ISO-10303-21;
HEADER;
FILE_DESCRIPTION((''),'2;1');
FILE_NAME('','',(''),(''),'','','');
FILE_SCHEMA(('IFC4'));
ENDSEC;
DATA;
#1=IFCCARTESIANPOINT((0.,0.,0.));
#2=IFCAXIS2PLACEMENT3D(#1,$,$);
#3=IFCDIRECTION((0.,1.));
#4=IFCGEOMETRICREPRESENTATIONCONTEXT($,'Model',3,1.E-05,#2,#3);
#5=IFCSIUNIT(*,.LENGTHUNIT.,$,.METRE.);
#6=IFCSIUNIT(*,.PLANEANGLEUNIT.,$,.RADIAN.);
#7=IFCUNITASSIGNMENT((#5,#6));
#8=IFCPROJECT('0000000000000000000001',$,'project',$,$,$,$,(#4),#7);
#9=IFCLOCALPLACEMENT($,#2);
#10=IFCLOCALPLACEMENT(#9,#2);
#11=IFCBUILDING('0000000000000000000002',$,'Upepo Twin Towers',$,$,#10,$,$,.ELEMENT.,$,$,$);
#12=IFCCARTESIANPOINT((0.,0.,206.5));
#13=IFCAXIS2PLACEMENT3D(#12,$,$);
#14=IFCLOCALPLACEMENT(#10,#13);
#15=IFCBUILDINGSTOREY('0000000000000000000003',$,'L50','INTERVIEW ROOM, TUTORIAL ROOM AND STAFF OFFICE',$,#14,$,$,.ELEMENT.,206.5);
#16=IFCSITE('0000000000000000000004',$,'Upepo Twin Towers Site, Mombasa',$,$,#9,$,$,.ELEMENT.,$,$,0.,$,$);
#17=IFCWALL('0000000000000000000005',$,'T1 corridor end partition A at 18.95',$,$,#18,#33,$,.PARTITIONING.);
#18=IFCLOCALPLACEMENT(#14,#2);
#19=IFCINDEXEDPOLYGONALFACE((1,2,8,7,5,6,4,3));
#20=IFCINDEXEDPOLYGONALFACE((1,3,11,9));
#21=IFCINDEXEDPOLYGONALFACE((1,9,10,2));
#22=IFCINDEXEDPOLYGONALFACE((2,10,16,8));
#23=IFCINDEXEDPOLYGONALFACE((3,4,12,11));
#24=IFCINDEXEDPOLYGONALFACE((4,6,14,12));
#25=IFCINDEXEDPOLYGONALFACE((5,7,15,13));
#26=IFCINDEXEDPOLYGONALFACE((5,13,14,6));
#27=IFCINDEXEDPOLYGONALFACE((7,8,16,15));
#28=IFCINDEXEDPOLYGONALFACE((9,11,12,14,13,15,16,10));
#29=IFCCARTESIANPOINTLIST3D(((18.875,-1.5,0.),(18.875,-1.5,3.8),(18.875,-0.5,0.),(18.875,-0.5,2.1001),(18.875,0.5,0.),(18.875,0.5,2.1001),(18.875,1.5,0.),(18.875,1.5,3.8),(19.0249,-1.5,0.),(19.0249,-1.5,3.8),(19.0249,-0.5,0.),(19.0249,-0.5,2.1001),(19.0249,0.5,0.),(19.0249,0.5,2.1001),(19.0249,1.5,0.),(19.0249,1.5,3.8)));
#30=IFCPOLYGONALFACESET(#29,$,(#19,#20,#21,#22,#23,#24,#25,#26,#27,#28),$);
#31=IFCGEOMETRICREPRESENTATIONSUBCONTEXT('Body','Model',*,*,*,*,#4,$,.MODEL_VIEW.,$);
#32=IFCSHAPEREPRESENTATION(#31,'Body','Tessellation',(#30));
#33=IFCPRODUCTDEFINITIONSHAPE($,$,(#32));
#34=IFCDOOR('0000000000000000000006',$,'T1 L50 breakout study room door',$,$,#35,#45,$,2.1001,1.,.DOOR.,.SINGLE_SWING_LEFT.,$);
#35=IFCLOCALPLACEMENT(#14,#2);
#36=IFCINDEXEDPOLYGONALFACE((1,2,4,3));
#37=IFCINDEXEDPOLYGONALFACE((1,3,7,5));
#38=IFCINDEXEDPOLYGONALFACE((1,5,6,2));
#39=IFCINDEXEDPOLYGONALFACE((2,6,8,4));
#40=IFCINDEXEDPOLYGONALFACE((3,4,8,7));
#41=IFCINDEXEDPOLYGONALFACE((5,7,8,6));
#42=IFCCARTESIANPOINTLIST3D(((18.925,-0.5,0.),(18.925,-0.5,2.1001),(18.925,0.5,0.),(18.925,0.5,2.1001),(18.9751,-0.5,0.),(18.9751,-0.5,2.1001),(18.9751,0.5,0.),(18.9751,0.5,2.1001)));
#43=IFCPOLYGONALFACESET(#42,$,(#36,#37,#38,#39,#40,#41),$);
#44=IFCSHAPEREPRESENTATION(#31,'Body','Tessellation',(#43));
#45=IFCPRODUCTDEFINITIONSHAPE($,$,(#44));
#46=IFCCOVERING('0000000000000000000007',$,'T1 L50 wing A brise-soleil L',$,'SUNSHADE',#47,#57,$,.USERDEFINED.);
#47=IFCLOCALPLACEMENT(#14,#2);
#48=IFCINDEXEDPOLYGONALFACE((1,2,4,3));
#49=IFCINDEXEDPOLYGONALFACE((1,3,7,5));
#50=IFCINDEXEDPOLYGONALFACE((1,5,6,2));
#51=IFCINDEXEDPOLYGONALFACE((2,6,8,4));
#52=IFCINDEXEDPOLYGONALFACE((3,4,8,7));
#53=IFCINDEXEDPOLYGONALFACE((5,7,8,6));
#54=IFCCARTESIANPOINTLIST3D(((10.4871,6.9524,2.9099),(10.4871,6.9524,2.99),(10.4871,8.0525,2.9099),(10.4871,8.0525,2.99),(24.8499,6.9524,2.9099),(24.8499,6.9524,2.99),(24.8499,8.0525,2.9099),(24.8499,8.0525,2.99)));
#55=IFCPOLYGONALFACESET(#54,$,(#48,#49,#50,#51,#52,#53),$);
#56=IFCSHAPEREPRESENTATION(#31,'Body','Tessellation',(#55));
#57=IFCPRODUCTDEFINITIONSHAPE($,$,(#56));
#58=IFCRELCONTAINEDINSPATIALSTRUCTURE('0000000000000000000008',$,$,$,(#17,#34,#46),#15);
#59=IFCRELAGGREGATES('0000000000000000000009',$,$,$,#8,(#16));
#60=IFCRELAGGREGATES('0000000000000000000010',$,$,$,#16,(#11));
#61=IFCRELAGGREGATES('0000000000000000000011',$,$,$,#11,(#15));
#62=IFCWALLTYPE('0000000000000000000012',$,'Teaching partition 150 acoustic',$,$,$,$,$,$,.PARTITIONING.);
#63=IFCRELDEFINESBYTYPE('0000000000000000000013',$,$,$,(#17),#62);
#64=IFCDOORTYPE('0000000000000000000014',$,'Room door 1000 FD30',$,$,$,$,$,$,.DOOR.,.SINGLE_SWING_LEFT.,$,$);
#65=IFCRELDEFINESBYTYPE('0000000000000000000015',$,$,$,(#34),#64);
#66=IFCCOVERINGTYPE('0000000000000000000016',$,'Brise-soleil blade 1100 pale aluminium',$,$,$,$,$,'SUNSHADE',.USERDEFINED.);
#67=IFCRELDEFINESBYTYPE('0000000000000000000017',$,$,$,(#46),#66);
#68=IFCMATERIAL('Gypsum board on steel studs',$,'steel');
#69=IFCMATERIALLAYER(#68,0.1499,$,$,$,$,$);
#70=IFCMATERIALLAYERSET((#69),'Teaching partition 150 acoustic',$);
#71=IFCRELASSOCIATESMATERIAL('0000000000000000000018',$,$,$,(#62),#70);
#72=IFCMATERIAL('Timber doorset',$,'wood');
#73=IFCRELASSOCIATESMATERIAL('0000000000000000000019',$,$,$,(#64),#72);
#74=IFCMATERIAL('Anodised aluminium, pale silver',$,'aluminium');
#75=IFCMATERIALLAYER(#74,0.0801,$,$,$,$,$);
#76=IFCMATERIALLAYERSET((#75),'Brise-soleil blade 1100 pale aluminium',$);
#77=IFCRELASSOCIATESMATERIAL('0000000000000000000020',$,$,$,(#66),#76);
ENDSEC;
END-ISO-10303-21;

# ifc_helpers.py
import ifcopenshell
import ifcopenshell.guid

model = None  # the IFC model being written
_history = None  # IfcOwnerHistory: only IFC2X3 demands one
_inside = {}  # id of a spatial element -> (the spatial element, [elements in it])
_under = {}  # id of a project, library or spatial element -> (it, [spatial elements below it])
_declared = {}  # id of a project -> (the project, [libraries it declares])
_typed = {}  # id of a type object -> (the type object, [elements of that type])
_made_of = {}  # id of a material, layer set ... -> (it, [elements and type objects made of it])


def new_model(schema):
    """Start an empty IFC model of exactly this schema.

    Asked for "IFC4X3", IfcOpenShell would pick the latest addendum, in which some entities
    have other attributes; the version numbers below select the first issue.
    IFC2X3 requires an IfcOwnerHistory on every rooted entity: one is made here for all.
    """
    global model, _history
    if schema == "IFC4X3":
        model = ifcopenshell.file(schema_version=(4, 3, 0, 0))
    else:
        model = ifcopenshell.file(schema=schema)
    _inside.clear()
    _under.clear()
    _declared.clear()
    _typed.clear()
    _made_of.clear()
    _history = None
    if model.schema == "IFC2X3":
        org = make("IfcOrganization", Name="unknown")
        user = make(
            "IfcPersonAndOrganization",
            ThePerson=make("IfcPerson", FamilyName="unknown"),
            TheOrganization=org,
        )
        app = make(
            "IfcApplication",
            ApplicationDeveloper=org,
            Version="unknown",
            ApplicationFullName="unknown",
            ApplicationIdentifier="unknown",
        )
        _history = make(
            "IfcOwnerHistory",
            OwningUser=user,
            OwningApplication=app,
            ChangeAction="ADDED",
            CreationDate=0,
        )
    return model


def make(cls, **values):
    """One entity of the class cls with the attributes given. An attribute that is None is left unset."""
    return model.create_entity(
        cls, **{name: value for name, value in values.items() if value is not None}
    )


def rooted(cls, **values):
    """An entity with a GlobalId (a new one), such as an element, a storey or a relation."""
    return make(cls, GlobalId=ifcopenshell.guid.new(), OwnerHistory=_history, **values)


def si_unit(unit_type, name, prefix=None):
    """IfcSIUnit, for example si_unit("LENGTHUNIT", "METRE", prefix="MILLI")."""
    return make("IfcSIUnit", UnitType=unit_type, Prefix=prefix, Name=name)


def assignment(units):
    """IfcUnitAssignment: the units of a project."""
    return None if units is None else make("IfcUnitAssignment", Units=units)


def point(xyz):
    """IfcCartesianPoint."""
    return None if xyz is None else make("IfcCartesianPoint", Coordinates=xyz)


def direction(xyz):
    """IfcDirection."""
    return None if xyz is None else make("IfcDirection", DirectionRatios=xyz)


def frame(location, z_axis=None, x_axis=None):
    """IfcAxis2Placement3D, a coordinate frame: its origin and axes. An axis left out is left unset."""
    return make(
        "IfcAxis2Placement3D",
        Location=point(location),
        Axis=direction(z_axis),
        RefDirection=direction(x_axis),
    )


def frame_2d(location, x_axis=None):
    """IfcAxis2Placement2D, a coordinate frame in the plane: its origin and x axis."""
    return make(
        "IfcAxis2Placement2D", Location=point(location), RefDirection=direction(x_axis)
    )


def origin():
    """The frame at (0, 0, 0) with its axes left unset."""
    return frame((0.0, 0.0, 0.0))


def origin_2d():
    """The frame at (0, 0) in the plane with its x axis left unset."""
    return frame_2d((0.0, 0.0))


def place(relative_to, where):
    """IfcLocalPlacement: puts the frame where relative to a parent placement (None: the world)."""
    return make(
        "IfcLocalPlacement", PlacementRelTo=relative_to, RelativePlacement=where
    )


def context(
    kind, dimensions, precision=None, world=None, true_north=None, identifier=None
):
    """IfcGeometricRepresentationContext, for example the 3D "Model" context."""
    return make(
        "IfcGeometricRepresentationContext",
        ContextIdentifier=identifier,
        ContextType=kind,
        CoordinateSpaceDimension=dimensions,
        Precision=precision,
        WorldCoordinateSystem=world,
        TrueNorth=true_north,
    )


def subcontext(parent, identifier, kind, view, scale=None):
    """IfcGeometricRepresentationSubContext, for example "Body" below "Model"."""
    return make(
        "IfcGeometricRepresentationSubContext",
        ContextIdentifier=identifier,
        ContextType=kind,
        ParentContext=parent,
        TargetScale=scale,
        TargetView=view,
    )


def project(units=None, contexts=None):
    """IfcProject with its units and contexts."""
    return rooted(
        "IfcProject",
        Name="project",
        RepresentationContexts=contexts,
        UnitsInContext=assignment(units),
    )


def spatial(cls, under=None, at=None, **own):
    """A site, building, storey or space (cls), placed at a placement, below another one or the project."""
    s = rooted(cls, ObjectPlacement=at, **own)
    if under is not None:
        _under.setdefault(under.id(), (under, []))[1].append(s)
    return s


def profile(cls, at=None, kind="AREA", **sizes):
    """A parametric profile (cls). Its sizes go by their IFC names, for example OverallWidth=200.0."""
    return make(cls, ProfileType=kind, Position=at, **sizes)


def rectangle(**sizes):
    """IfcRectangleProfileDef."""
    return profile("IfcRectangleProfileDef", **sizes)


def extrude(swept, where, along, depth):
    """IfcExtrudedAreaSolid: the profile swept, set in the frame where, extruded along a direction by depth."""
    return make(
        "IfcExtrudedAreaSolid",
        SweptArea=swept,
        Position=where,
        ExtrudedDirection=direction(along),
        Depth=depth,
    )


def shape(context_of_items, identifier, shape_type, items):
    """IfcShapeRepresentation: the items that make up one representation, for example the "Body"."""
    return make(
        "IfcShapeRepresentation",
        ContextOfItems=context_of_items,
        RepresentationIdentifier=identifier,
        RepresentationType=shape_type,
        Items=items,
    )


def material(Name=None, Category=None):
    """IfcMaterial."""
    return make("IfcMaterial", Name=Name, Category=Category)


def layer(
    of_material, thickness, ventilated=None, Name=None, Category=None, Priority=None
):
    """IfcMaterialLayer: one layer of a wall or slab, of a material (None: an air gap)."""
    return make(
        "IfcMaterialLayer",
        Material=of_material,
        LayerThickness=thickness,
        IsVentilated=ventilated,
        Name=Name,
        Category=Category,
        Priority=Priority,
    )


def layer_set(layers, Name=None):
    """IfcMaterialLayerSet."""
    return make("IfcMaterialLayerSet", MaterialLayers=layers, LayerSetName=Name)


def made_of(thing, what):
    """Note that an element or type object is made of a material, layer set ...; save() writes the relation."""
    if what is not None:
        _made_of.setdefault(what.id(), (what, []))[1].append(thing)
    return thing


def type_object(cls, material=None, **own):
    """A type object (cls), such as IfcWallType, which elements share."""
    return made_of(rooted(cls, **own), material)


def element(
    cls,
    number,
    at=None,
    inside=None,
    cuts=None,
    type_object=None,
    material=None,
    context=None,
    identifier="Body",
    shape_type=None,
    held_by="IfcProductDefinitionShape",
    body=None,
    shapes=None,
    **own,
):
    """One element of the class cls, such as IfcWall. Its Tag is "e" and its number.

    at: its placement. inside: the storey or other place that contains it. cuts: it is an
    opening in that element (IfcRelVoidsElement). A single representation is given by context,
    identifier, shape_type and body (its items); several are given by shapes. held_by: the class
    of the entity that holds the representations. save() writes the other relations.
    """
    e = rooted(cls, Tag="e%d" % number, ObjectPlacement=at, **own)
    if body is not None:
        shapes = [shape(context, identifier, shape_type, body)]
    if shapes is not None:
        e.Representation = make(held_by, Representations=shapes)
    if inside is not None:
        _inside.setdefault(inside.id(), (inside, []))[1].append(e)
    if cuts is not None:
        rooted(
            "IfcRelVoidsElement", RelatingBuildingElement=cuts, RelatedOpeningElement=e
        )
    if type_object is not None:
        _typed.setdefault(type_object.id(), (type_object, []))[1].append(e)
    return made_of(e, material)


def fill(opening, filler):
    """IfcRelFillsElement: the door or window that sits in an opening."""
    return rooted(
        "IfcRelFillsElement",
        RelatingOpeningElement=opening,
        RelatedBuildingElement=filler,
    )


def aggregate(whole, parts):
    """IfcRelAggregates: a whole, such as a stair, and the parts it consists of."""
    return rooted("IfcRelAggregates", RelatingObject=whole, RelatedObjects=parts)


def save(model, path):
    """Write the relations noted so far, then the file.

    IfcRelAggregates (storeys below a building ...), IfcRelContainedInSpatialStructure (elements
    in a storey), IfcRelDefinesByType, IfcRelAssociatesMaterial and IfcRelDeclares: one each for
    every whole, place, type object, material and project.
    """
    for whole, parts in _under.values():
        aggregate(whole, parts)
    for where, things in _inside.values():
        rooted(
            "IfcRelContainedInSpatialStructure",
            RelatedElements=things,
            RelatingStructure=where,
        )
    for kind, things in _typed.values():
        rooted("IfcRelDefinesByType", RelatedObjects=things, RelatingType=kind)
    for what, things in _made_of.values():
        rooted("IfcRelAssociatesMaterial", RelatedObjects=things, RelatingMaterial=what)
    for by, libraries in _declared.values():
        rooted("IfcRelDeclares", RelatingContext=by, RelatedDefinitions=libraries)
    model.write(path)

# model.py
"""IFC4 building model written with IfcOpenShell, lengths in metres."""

from ifc_helpers import new_model, si_unit, direction, frame, frame_2d, origin, origin_2d, place, context, subcontext, project, spatial, rectangle, extrude, material, layer, layer_set, type_object, element, fill, save


model = new_model("IFC4")

# Units and contexts
model_context = context("Model", 3, precision=1e-05, world=origin(), true_north=direction((0.0, 1.0)))
body_context = subcontext(model_context, "Body", "Model", "MODEL_VIEW")
ifc_project = project(units=[si_unit("LENGTHUNIT", "METRE"), si_unit("PLANEANGLEUNIT", "RADIAN")], contexts=[model_context])

# Site, building, storey
site_placement = place(None, origin())
site = spatial("IfcSite", under=ifc_project, at=site_placement, Name="Upepo Twin Towers Site, Mombasa", CompositionType="ELEMENT", RefElevation=0.0)
building_placement = place(site_placement, origin())
building = spatial("IfcBuilding", under=site, at=building_placement, Name="Upepo Twin Towers", CompositionType="ELEMENT")
storey_placement = place(building_placement, frame((0.0, 0.0, 206.5)))
storey = spatial("IfcBuildingStorey", under=building, at=storey_placement, Name="L50", Description="INTERVIEW ROOM, TUTORIAL ROOM AND STAFF OFFICE", CompositionType="ELEMENT", Elevation=206.5)

# Shared definitions
ifc_material_1 = material(Name="Gypsum board on steel studs", Category="steel")
ifc_layer_1 = layer(ifc_material_1, 0.1499)
ifc_layer_set_1 = layer_set([ifc_layer_1], Name="Teaching partition 150 acoustic")
wall_type_1 = type_object("IfcWallType", Name="Teaching partition 150 acoustic", PredefinedType="PARTITIONING", material=ifc_layer_set_1)

# Shared definitions
ifc_material_2 = material(Name="Timber doorset", Category="wood")
door_type = type_object("IfcDoorType", Name="Room door 1000 FD30", OperationType="SINGLE_SWING_LEFT", PredefinedType="DOOR", material=ifc_material_2)

# Wall, opening, door
wall_1_placement = place(storey_placement, frame((18.95, -1.5, 0.0), z_axis=(0.0, 0.0, 1.0), x_axis=(0.0, 1.0, 0.0)))
wall_1 = element("IfcWall", 1, at=wall_1_placement, inside=storey, type_object=wall_type_1, Name="T1 corridor end partition A at 18.95", PredefinedType="PARTITIONING", context=body_context, shape_type="SweptSolid", body=[
    extrude(rectangle(XDim=3.0, YDim=0.1499, at=frame_2d((1.5, 0.0))), origin(), (0.0, 0.0, 1.0), 3.8),
])
opening_1_placement = place(wall_1_placement, frame((1.0, 0.0, 0.0)))
opening_1 = element("IfcOpeningElement", 2, at=opening_1_placement, cuts=wall_1, PredefinedType="OPENING", context=body_context, shape_type="SweptSolid", body=[
    extrude(rectangle(XDim=1.0, YDim=2.1001, at=frame_2d((0.5, 1.05))), frame((0.0, 0.085, 0.0), z_axis=(0.0, -1.0, 0.0), x_axis=(1.0, 0.0, 0.0)), (0.0, 0.0, 1.0), 0.1699),
])
door_1_placement = place(opening_1_placement, origin())
door_1 = element("IfcDoor", 3, at=door_1_placement, inside=storey, type_object=door_type, Name="T1 L50 breakout study room door", OperationType="SINGLE_SWING_LEFT", OverallHeight=2.1001, OverallWidth=1.0, PredefinedType="DOOR", context=body_context, shape_type="SweptSolid", body=[
    extrude(rectangle(XDim=1.0, YDim=2.1001, at=frame_2d((0.5, 1.05))), frame((0.0, 0.0249, 0.0), z_axis=(0.0, -1.0, 0.0), x_axis=(1.0, 0.0, 0.0)), (0.0, 0.0, 1.0), 0.05),
])
fill(opening_1, door_1)

# Covering
ifc_material_3 = material(Name="Anodised aluminium, pale silver", Category="aluminium")
ifc_layer_2 = layer(ifc_material_3, 0.0801)
ifc_layer_set_2 = layer_set([ifc_layer_2], Name="Brise-soleil blade 1100 pale aluminium")
covering_type = type_object("IfcCoveringType", Name="Brise-soleil blade 1100 pale aluminium", ElementType="SUNSHADE", PredefinedType="USERDEFINED", material=ifc_layer_set_2)
covering_placement = place(storey_placement, frame((17.6685, 7.5024, 2.9099), z_axis=(0.0, 0.0, 1.0), x_axis=(1.0, 0.0, 0.0)))
element("IfcCovering", 4, at=covering_placement, inside=storey, type_object=covering_type, Name="T1 L50 wing A brise-soleil L", ObjectType="SUNSHADE", PredefinedType="USERDEFINED", context=body_context, shape_type="SweptSolid", body=[
    extrude(rectangle(XDim=14.3628, YDim=1.1001, at=origin_2d()), origin(), (0.0, 0.0, 1.0), 0.0801),
])

save(model, "model.ifc")
